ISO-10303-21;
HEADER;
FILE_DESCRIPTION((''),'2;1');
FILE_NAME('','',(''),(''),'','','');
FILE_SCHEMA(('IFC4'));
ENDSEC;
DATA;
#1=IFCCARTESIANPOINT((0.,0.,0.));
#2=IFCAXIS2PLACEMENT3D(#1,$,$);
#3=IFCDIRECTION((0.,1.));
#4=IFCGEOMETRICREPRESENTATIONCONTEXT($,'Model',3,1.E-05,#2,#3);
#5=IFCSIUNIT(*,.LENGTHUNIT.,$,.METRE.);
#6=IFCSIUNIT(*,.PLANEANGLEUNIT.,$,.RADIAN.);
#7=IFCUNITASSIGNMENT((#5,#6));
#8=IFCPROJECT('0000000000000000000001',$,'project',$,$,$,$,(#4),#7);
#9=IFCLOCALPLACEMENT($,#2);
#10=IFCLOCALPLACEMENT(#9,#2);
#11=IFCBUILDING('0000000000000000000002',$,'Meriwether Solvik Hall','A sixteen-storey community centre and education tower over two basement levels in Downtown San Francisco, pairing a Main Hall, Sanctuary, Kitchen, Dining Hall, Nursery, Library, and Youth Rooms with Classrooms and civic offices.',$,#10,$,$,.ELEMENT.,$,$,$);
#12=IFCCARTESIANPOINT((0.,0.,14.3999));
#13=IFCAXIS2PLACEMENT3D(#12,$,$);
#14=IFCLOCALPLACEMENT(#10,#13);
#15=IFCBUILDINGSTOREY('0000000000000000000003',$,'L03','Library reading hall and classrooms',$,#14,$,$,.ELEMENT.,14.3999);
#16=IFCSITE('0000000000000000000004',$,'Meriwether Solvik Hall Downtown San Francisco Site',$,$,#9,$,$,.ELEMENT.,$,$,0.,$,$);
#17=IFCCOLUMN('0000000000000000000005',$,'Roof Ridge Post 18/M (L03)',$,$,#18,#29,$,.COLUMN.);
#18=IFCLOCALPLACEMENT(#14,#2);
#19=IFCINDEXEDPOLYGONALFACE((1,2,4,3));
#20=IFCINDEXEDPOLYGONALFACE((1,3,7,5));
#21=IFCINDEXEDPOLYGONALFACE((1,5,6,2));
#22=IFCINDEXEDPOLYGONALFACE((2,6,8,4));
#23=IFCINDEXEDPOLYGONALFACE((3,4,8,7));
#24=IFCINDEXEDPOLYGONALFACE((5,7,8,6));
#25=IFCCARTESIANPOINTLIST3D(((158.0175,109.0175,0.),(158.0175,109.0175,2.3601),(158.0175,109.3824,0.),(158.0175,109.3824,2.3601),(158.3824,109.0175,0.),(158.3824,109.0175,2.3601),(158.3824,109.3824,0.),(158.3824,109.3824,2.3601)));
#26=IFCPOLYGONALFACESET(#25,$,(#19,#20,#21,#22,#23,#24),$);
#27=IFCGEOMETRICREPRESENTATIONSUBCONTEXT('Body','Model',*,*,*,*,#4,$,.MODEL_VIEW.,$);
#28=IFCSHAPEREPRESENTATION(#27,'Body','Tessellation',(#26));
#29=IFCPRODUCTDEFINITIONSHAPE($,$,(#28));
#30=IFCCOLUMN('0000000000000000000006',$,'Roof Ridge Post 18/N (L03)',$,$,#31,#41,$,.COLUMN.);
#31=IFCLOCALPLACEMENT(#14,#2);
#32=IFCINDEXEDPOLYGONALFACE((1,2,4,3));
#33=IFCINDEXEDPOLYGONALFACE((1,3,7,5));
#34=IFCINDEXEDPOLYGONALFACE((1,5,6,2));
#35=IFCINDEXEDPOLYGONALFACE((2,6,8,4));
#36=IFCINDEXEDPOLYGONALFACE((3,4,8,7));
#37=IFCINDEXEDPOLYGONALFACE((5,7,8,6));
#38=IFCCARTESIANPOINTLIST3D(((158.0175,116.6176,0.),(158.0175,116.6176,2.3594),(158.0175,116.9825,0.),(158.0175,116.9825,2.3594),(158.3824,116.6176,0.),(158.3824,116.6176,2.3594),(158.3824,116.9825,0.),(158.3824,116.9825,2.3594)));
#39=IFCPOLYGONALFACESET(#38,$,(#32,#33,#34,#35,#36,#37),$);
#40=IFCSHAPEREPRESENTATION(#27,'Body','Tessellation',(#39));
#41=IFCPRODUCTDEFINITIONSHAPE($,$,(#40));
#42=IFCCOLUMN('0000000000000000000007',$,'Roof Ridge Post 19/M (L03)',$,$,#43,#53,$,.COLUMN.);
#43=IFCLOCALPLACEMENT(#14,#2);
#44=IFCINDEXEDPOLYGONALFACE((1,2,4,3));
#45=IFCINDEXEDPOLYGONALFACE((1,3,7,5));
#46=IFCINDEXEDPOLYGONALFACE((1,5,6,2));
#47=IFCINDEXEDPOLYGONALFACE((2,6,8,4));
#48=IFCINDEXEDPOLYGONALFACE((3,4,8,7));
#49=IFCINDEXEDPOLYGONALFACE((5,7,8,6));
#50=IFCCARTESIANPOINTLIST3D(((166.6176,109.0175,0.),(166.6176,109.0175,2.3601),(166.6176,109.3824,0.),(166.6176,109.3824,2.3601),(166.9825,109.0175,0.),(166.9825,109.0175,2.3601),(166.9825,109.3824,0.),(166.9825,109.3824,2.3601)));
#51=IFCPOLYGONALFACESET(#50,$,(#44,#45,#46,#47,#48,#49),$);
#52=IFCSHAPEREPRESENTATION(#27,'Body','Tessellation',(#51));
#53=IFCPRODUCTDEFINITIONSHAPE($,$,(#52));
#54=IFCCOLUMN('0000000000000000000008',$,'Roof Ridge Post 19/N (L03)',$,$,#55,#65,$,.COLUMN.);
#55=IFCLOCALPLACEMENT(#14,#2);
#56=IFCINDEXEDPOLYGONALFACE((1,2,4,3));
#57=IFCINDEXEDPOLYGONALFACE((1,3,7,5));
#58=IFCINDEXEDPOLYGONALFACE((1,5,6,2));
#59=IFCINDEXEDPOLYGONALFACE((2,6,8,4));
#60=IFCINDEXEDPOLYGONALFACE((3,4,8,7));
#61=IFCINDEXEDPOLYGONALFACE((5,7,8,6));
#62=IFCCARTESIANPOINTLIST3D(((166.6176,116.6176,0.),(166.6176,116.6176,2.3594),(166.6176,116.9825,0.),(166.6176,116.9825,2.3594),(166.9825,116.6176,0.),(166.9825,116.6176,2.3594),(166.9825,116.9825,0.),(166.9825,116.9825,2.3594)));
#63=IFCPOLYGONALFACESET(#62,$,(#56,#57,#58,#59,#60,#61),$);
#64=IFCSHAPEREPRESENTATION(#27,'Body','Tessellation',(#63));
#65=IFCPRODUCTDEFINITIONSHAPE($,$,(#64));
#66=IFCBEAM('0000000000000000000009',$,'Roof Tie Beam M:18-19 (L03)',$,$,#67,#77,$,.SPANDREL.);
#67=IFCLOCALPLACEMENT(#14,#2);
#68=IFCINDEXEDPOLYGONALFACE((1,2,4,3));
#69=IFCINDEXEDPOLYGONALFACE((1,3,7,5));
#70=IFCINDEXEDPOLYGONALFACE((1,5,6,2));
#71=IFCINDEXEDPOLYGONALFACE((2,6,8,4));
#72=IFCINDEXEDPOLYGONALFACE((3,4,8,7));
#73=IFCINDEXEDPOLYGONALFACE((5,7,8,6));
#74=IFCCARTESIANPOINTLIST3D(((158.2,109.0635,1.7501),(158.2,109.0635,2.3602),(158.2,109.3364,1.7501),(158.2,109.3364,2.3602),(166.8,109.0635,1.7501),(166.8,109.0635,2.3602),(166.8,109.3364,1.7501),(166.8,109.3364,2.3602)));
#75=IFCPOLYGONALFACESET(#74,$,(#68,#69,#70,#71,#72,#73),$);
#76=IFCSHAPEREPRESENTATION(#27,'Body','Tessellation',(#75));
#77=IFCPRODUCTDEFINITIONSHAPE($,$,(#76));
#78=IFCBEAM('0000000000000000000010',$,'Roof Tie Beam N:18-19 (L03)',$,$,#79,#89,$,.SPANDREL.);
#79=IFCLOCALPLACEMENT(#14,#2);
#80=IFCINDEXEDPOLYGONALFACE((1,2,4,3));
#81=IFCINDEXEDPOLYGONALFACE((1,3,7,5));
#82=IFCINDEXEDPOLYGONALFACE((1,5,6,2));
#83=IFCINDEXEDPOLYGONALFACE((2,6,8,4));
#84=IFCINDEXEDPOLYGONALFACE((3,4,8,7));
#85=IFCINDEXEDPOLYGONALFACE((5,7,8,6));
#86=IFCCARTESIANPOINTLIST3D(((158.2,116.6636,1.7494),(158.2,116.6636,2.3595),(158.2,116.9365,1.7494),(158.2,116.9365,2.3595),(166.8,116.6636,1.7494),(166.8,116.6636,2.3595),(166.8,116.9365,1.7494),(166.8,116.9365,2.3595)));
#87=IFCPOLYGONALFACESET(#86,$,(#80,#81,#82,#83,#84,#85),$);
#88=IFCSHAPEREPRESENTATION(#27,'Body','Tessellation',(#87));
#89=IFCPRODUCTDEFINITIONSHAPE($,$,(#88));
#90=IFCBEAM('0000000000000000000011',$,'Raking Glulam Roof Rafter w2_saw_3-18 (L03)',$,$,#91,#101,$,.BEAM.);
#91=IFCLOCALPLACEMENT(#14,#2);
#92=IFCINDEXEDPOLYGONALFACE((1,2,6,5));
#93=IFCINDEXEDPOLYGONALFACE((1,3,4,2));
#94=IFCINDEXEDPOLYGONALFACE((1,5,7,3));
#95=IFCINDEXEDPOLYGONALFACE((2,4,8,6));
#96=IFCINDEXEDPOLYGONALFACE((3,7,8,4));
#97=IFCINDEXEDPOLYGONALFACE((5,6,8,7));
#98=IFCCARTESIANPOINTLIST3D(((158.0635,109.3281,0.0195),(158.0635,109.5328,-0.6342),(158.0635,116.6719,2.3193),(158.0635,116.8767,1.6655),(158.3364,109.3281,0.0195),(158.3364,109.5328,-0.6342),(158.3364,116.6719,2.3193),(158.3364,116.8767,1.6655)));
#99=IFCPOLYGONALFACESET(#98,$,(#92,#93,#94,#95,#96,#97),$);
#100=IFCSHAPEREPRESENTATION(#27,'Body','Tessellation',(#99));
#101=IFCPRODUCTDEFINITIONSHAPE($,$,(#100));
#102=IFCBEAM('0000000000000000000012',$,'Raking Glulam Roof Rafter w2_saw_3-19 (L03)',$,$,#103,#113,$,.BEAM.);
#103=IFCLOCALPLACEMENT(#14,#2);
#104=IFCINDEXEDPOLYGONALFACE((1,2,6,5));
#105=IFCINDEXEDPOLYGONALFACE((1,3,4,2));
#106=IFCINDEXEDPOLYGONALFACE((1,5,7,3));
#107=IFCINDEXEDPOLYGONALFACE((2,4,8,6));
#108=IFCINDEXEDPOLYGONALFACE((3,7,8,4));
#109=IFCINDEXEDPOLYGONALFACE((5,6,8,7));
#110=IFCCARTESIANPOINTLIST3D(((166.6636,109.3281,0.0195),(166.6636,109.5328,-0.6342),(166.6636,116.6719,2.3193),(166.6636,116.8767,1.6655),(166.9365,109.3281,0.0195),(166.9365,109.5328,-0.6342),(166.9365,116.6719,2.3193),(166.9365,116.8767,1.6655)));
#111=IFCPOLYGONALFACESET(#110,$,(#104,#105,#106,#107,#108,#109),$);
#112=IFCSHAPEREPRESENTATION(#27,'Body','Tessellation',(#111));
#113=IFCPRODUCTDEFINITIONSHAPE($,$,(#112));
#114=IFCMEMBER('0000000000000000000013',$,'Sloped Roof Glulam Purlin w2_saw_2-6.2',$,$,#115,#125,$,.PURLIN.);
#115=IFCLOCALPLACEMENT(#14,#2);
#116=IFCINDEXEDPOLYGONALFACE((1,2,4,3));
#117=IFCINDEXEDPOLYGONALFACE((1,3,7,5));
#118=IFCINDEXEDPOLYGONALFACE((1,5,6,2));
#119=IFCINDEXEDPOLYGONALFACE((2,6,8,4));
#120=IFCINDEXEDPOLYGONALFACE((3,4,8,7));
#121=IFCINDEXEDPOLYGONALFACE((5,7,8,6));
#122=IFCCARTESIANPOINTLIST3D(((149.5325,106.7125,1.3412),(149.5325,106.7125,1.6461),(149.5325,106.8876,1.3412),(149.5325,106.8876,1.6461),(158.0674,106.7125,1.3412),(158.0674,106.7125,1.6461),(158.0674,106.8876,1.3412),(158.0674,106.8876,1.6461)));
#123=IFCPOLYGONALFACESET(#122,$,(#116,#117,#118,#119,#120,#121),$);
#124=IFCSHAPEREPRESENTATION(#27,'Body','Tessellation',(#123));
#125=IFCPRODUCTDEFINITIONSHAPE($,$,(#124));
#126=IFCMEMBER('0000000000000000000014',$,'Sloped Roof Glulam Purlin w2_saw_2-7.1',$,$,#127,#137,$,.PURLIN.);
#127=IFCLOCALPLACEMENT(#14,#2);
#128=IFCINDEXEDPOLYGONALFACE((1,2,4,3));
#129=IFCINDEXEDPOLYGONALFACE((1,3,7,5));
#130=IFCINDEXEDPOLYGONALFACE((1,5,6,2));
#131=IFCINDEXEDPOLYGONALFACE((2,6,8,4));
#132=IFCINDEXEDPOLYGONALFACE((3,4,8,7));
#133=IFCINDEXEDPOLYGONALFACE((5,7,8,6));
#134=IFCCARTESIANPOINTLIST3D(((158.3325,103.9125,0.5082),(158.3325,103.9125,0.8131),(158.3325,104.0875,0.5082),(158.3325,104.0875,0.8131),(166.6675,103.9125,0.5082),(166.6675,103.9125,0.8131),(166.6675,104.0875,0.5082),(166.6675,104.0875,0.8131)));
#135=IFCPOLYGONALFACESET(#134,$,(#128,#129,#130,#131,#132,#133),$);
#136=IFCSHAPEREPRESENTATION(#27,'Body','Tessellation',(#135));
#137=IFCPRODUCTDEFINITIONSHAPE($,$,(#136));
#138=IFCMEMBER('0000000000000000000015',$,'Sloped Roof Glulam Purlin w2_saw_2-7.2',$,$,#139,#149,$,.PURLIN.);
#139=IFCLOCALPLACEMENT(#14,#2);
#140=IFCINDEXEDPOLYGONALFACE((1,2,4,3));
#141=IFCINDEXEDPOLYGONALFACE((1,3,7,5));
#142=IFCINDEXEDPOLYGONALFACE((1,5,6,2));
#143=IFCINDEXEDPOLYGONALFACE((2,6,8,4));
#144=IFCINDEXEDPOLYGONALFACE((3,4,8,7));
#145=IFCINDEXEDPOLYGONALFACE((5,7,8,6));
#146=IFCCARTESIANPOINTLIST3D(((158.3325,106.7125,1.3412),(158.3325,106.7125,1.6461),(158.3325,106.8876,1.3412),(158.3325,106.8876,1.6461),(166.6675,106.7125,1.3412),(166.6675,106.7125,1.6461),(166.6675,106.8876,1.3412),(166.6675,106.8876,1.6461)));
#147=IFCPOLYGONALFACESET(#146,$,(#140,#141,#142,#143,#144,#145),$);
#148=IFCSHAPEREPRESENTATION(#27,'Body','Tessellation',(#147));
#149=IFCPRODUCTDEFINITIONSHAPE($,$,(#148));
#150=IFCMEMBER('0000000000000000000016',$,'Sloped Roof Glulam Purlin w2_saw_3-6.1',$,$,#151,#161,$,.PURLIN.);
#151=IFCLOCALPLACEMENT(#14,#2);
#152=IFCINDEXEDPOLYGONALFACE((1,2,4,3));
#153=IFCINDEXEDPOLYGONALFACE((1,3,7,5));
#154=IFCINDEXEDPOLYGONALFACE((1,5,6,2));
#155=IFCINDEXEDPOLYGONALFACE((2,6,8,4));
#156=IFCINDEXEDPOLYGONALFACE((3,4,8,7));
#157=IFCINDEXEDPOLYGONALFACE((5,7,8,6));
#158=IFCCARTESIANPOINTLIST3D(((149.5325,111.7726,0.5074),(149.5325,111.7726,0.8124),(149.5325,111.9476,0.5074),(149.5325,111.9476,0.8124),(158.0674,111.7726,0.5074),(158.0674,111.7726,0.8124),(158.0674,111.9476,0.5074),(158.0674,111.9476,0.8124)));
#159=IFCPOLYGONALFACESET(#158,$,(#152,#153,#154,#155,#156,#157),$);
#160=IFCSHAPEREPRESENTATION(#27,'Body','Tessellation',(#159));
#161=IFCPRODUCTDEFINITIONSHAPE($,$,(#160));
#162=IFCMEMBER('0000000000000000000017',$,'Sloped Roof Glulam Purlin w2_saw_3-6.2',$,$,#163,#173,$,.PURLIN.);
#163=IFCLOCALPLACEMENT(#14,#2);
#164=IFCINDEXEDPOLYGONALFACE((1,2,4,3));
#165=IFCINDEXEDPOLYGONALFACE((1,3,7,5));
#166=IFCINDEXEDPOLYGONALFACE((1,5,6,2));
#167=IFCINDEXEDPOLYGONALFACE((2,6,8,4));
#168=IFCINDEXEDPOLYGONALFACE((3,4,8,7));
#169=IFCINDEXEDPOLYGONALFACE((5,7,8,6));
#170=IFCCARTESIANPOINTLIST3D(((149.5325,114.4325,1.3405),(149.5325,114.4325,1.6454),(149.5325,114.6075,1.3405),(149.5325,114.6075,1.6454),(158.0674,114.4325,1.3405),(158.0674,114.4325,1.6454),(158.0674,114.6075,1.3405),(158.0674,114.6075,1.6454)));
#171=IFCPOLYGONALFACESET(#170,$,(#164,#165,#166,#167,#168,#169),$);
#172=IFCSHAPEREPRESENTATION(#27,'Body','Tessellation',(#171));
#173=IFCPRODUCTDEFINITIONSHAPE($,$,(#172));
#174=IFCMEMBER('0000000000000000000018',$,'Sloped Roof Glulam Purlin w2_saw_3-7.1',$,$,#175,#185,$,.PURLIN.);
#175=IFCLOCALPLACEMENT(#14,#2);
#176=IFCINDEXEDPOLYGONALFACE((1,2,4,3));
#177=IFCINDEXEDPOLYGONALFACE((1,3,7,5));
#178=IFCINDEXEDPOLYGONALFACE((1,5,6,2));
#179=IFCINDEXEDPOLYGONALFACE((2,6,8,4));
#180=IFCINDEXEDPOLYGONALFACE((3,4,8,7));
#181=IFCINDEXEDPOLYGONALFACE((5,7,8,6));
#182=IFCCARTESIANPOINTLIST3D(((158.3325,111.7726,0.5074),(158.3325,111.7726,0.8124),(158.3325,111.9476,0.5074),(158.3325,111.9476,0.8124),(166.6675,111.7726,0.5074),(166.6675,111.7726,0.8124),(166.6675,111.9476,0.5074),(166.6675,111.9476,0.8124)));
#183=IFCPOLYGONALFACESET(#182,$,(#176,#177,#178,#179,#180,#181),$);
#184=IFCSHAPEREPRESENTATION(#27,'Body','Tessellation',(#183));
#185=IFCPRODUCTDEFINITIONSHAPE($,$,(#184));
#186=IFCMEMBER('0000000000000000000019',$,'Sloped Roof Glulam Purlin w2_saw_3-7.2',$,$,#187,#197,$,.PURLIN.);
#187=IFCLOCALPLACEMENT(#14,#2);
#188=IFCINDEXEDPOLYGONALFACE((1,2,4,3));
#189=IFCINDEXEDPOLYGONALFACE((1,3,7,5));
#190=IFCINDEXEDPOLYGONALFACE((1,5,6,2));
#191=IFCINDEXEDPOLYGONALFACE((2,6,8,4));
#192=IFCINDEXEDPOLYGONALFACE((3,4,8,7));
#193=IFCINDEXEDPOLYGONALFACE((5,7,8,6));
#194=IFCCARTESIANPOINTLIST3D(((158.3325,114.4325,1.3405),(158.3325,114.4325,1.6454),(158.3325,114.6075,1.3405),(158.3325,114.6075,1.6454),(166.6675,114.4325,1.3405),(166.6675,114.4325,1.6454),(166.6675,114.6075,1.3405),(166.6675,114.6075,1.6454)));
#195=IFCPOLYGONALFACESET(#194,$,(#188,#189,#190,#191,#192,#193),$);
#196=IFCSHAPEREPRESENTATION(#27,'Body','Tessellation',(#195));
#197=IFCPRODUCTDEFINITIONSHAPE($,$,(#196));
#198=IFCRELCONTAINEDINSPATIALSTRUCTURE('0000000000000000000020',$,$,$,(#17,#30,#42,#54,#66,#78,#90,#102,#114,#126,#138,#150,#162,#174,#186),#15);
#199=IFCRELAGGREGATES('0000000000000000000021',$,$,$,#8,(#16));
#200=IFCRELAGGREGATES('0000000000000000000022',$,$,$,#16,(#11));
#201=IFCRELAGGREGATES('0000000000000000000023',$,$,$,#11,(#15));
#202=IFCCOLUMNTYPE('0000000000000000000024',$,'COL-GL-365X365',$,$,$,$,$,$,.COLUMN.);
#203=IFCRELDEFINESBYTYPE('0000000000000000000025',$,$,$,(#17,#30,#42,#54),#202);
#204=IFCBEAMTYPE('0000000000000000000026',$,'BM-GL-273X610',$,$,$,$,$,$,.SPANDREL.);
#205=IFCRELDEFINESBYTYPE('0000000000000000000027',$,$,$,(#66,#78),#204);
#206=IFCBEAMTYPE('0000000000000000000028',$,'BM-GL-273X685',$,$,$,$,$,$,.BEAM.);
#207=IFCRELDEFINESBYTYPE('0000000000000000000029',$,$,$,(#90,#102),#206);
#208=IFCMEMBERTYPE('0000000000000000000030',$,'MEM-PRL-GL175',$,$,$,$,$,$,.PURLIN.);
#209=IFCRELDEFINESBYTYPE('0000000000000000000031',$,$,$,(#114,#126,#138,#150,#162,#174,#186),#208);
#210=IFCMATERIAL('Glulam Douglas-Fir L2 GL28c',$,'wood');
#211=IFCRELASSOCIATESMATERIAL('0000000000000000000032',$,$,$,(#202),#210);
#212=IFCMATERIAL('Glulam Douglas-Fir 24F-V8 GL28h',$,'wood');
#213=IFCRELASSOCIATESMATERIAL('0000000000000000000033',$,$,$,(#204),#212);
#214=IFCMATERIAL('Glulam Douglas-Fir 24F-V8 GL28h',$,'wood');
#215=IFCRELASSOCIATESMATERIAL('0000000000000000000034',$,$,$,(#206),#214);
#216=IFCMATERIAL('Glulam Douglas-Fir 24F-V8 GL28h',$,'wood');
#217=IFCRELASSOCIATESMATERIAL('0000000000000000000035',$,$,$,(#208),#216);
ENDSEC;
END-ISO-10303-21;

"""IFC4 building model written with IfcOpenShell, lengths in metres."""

from ifc_helpers import new_model, si_unit, direction, frame, origin, origin_2d, place, context, subcontext, project, spatial, rectangle, extrude, material, material_profile, profile_set, type_object, element, save


model = new_model("IFC4")

# Units and contexts
model_context = context("Model", 3, precision=1e-05, world=origin(), true_north=direction((0.0, 1.0)))
body_context = subcontext(model_context, "Body", "Model", "MODEL_VIEW")
ifc_project = project(units=[si_unit("LENGTHUNIT", "METRE"), si_unit("PLANEANGLEUNIT", "RADIAN")], contexts=[model_context])

# Site, building, storey
site_placement = place(None, origin())
site = spatial("IfcSite", under=ifc_project, at=site_placement, Name="Meriwether Solvik Hall Downtown San Francisco Site", CompositionType="ELEMENT", RefElevation=0.0)
building_placement = place(site_placement, origin())
building = spatial("IfcBuilding", under=site, at=building_placement, Name="Meriwether Solvik Hall", Description="A sixteen-storey community centre and education tower over two basement levels in Downtown San Francisco, pairing a Main Hall, Sanctuary, Kitchen, Dining Hall, Nursery, Library, and Youth Rooms with Classrooms and civic offices.", CompositionType="ELEMENT")
storey_placement = place(building_placement, frame((0.0, 0.0, 14.3999)))
storey = spatial("IfcBuildingStorey", under=building, at=storey_placement, Name="L03", Description="Library reading hall and classrooms", CompositionType="ELEMENT", Elevation=14.3999)

# Columns
ifc_material_1 = material(Name="Glulam Douglas-Fir L2 GL28c", Category="wood")
ifc_material_profile_1 = material_profile(ifc_material_1, rectangle(XDim=0.365, YDim=0.365, at=origin_2d()), Name="GLC-365X365")
ifc_profile_set_1 = profile_set([ifc_material_profile_1], Name="Glulam Douglas-Fir L2 GL28c")
column_type = type_object("IfcColumnType", Name="COL-GL-365X365", PredefinedType="COLUMN", material=ifc_profile_set_1)
column_1_placement = place(storey_placement, frame((158.2, 109.2, 0.0), z_axis=(0.0, 0.0, 1.0), x_axis=(1.0, 0.0, 0.0)))
element("IfcColumn", 1, at=column_1_placement, inside=storey, type_object=column_type, Name="Roof Ridge Post 18/M (L03)", PredefinedType="COLUMN", context=body_context, shape_type="SweptSolid", body=[
    extrude(rectangle(XDim=0.365, YDim=0.365, at=origin_2d()), origin(), (0.0, 0.0, 1.0), 2.3601),
])
column_2_placement = place(storey_placement, frame((158.2, 116.8, 0.0), z_axis=(0.0, 0.0, 1.0), x_axis=(1.0, 0.0, 0.0)))
element("IfcColumn", 2, at=column_2_placement, inside=storey, type_object=column_type, Name="Roof Ridge Post 18/N (L03)", PredefinedType="COLUMN", context=body_context, shape_type="SweptSolid", body=[
    extrude(rectangle(XDim=0.365, YDim=0.365, at=origin_2d()), origin(), (0.0, 0.0, 1.0), 2.3594),
])
column_3_placement = place(storey_placement, frame((166.8, 109.2, 0.0), z_axis=(0.0, 0.0, 1.0), x_axis=(1.0, 0.0, 0.0)))
element("IfcColumn", 3, at=column_3_placement, inside=storey, type_object=column_type, Name="Roof Ridge Post 19/M (L03)", PredefinedType="COLUMN", context=body_context, shape_type="SweptSolid", body=[
    extrude(rectangle(XDim=0.365, YDim=0.365, at=origin_2d()), origin(), (0.0, 0.0, 1.0), 2.3601),
])
column_4_placement = place(storey_placement, frame((166.8, 116.8, 0.0), z_axis=(0.0, 0.0, 1.0), x_axis=(1.0, 0.0, 0.0)))
element("IfcColumn", 4, at=column_4_placement, inside=storey, type_object=column_type, Name="Roof Ridge Post 19/N (L03)", PredefinedType="COLUMN", context=body_context, shape_type="SweptSolid", body=[
    extrude(rectangle(XDim=0.365, YDim=0.365, at=origin_2d()), origin(), (0.0, 0.0, 1.0), 2.3594),
])

# Beams
ifc_material_2 = material(Name="Glulam Douglas-Fir 24F-V8 GL28h", Category="wood")
ifc_material_profile_2 = material_profile(ifc_material_2, rectangle(XDim=0.2729, YDim=0.6101, at=origin_2d()), Name="GLB-273X610")
ifc_profile_set_2 = profile_set([ifc_material_profile_2], Name="Glulam Douglas-Fir 24F-V8 GL28h")
beam_type_1 = type_object("IfcBeamType", Name="BM-GL-273X610", PredefinedType="SPANDREL", material=ifc_profile_set_2)
for number, where, z_axis, x_axis, name in (
    (5, (158.2, 109.2, 2.0552), (1.0, 0.0, 0.0), (0.0, 1.0, 0.0), "Roof Tie Beam M:18-19 (L03)"),
    (6, (158.2, 116.8, 2.0544), (1.0, 0.0, 0.0), (0.0, 1.0, 0.0), "Roof Tie Beam N:18-19 (L03)"),
):
    element("IfcBeam", number, at=place(storey_placement, frame(where, z_axis=z_axis, x_axis=x_axis)), inside=storey, type_object=beam_type_1, Name=name, PredefinedType="SPANDREL", context=body_context, shape_type="SweptSolid", body=[
        extrude(rectangle(XDim=0.2729, YDim=0.6101, at=origin_2d()), origin(), (0.0, 0.0, 1.0), 8.6001),
    ])
ifc_material_3 = material(Name="Glulam Douglas-Fir 24F-V8 GL28h", Category="wood")
ifc_material_profile_3 = material_profile(ifc_material_3, rectangle(XDim=0.2729, YDim=0.6851, at=origin_2d()), Name="GLB-273X685")
ifc_profile_set_3 = profile_set([ifc_material_profile_3], Name="Glulam Douglas-Fir 24F-V8 GL28h")
beam_type_2 = type_object("IfcBeamType", Name="BM-GL-273X685", PredefinedType="BEAM", material=ifc_profile_set_3)
for number, where, z_axis, x_axis, name in (
    (7, (158.2, 109.4304, -0.3074), (0.0, 0.954302, 0.298844), (-1.0, 0.0, 0.0), "Raking Glulam Roof Rafter w2_saw_3-18 (L03)"),
    (8, (166.8, 109.4304, -0.3074), (0.0, 0.954302, 0.298844), (-1.0, 0.0, 0.0), "Raking Glulam Roof Rafter w2_saw_3-19 (L03)"),
):
    element("IfcBeam", number, at=place(storey_placement, frame(where, z_axis=z_axis, x_axis=x_axis)), inside=storey, type_object=beam_type_2, Name=name, PredefinedType="BEAM", context=body_context, shape_type="SweptSolid", body=[
        extrude(rectangle(XDim=0.2729, YDim=0.6851, at=origin_2d()), origin(), (0.0, 0.0, 1.0), 7.6956),
    ])

# Members
ifc_material_4 = material(Name="Glulam Douglas-Fir 24F-V8 GL28h", Category="wood")
ifc_material_profile_4 = material_profile(ifc_material_4, rectangle(XDim=0.175, YDim=0.3049, at=origin_2d()), Name="GLM-175X305")
ifc_profile_set_4 = profile_set([ifc_material_profile_4], Name="Glulam Douglas-Fir 24F-V8 GL28h")
member_type = type_object("IfcMemberType", Name="MEM-PRL-GL175", PredefinedType="PURLIN", material=ifc_profile_set_4)
member_placement = place(storey_placement, frame((149.5325, 106.8, 1.4937), z_axis=(1.0, 0.0, 0.0), x_axis=(0.0, 1.0, 0.0)))
element("IfcMember", 9, at=member_placement, inside=storey, type_object=member_type, Name="Sloped Roof Glulam Purlin w2_saw_2-6.2", PredefinedType="PURLIN", context=body_context, shape_type="SweptSolid", body=[
    extrude(rectangle(XDim=0.175, YDim=0.3049, at=origin_2d()), origin(), (0.0, 0.0, 1.0), 8.5349),
])
for number, where, z_axis, x_axis, name in (
    (10, (158.3325, 104.0, 0.6606), (1.0, 0.0, 0.0), (0.0, 1.0, 0.0), "Sloped Roof Glulam Purlin w2_saw_2-7.1"),
    (11, (158.3325, 106.8, 1.4937), (1.0, 0.0, 0.0), (0.0, 1.0, 0.0), "Sloped Roof Glulam Purlin w2_saw_2-7.2"),
):
    element("IfcMember", number, at=place(storey_placement, frame(where, z_axis=z_axis, x_axis=x_axis)), inside=storey, type_object=member_type, Name=name, PredefinedType="PURLIN", context=body_context, shape_type="SweptSolid", body=[
        extrude(rectangle(XDim=0.175, YDim=0.3049, at=origin_2d()), origin(), (0.0, 0.0, 1.0), 8.335),
    ])
for number, where, z_axis, x_axis, name in (
    (12, (149.5325, 111.8601, 0.6599), (1.0, 0.0, 0.0), (0.0, 1.0, 0.0), "Sloped Roof Glulam Purlin w2_saw_3-6.1"),
    (13, (149.5325, 114.52, 1.4929), (1.0, 0.0, 0.0), (0.0, 1.0, 0.0), "Sloped Roof Glulam Purlin w2_saw_3-6.2"),
):
    element("IfcMember", number, at=place(storey_placement, frame(where, z_axis=z_axis, x_axis=x_axis)), inside=storey, type_object=member_type, Name=name, PredefinedType="PURLIN", context=body_context, shape_type="SweptSolid", body=[
        extrude(rectangle(XDim=0.175, YDim=0.3049, at=origin_2d()), origin(), (0.0, 0.0, 1.0), 8.5349),
    ])
for number, where, z_axis, x_axis, name in (
    (14, (158.3325, 111.8601, 0.6599), (1.0, 0.0, 0.0), (0.0, 1.0, 0.0), "Sloped Roof Glulam Purlin w2_saw_3-7.1"),
    (15, (158.3325, 114.52, 1.4929), (1.0, 0.0, 0.0), (0.0, 1.0, 0.0), "Sloped Roof Glulam Purlin w2_saw_3-7.2"),
):
    element("IfcMember", number, at=place(storey_placement, frame(where, z_axis=z_axis, x_axis=x_axis)), inside=storey, type_object=member_type, Name=name, PredefinedType="PURLIN", context=body_context, shape_type="SweptSolid", body=[
        extrude(rectangle(XDim=0.175, YDim=0.3049, at=origin_2d()), origin(), (0.0, 0.0, 1.0), 8.335),
    ])

save(model, "model.ifc")
